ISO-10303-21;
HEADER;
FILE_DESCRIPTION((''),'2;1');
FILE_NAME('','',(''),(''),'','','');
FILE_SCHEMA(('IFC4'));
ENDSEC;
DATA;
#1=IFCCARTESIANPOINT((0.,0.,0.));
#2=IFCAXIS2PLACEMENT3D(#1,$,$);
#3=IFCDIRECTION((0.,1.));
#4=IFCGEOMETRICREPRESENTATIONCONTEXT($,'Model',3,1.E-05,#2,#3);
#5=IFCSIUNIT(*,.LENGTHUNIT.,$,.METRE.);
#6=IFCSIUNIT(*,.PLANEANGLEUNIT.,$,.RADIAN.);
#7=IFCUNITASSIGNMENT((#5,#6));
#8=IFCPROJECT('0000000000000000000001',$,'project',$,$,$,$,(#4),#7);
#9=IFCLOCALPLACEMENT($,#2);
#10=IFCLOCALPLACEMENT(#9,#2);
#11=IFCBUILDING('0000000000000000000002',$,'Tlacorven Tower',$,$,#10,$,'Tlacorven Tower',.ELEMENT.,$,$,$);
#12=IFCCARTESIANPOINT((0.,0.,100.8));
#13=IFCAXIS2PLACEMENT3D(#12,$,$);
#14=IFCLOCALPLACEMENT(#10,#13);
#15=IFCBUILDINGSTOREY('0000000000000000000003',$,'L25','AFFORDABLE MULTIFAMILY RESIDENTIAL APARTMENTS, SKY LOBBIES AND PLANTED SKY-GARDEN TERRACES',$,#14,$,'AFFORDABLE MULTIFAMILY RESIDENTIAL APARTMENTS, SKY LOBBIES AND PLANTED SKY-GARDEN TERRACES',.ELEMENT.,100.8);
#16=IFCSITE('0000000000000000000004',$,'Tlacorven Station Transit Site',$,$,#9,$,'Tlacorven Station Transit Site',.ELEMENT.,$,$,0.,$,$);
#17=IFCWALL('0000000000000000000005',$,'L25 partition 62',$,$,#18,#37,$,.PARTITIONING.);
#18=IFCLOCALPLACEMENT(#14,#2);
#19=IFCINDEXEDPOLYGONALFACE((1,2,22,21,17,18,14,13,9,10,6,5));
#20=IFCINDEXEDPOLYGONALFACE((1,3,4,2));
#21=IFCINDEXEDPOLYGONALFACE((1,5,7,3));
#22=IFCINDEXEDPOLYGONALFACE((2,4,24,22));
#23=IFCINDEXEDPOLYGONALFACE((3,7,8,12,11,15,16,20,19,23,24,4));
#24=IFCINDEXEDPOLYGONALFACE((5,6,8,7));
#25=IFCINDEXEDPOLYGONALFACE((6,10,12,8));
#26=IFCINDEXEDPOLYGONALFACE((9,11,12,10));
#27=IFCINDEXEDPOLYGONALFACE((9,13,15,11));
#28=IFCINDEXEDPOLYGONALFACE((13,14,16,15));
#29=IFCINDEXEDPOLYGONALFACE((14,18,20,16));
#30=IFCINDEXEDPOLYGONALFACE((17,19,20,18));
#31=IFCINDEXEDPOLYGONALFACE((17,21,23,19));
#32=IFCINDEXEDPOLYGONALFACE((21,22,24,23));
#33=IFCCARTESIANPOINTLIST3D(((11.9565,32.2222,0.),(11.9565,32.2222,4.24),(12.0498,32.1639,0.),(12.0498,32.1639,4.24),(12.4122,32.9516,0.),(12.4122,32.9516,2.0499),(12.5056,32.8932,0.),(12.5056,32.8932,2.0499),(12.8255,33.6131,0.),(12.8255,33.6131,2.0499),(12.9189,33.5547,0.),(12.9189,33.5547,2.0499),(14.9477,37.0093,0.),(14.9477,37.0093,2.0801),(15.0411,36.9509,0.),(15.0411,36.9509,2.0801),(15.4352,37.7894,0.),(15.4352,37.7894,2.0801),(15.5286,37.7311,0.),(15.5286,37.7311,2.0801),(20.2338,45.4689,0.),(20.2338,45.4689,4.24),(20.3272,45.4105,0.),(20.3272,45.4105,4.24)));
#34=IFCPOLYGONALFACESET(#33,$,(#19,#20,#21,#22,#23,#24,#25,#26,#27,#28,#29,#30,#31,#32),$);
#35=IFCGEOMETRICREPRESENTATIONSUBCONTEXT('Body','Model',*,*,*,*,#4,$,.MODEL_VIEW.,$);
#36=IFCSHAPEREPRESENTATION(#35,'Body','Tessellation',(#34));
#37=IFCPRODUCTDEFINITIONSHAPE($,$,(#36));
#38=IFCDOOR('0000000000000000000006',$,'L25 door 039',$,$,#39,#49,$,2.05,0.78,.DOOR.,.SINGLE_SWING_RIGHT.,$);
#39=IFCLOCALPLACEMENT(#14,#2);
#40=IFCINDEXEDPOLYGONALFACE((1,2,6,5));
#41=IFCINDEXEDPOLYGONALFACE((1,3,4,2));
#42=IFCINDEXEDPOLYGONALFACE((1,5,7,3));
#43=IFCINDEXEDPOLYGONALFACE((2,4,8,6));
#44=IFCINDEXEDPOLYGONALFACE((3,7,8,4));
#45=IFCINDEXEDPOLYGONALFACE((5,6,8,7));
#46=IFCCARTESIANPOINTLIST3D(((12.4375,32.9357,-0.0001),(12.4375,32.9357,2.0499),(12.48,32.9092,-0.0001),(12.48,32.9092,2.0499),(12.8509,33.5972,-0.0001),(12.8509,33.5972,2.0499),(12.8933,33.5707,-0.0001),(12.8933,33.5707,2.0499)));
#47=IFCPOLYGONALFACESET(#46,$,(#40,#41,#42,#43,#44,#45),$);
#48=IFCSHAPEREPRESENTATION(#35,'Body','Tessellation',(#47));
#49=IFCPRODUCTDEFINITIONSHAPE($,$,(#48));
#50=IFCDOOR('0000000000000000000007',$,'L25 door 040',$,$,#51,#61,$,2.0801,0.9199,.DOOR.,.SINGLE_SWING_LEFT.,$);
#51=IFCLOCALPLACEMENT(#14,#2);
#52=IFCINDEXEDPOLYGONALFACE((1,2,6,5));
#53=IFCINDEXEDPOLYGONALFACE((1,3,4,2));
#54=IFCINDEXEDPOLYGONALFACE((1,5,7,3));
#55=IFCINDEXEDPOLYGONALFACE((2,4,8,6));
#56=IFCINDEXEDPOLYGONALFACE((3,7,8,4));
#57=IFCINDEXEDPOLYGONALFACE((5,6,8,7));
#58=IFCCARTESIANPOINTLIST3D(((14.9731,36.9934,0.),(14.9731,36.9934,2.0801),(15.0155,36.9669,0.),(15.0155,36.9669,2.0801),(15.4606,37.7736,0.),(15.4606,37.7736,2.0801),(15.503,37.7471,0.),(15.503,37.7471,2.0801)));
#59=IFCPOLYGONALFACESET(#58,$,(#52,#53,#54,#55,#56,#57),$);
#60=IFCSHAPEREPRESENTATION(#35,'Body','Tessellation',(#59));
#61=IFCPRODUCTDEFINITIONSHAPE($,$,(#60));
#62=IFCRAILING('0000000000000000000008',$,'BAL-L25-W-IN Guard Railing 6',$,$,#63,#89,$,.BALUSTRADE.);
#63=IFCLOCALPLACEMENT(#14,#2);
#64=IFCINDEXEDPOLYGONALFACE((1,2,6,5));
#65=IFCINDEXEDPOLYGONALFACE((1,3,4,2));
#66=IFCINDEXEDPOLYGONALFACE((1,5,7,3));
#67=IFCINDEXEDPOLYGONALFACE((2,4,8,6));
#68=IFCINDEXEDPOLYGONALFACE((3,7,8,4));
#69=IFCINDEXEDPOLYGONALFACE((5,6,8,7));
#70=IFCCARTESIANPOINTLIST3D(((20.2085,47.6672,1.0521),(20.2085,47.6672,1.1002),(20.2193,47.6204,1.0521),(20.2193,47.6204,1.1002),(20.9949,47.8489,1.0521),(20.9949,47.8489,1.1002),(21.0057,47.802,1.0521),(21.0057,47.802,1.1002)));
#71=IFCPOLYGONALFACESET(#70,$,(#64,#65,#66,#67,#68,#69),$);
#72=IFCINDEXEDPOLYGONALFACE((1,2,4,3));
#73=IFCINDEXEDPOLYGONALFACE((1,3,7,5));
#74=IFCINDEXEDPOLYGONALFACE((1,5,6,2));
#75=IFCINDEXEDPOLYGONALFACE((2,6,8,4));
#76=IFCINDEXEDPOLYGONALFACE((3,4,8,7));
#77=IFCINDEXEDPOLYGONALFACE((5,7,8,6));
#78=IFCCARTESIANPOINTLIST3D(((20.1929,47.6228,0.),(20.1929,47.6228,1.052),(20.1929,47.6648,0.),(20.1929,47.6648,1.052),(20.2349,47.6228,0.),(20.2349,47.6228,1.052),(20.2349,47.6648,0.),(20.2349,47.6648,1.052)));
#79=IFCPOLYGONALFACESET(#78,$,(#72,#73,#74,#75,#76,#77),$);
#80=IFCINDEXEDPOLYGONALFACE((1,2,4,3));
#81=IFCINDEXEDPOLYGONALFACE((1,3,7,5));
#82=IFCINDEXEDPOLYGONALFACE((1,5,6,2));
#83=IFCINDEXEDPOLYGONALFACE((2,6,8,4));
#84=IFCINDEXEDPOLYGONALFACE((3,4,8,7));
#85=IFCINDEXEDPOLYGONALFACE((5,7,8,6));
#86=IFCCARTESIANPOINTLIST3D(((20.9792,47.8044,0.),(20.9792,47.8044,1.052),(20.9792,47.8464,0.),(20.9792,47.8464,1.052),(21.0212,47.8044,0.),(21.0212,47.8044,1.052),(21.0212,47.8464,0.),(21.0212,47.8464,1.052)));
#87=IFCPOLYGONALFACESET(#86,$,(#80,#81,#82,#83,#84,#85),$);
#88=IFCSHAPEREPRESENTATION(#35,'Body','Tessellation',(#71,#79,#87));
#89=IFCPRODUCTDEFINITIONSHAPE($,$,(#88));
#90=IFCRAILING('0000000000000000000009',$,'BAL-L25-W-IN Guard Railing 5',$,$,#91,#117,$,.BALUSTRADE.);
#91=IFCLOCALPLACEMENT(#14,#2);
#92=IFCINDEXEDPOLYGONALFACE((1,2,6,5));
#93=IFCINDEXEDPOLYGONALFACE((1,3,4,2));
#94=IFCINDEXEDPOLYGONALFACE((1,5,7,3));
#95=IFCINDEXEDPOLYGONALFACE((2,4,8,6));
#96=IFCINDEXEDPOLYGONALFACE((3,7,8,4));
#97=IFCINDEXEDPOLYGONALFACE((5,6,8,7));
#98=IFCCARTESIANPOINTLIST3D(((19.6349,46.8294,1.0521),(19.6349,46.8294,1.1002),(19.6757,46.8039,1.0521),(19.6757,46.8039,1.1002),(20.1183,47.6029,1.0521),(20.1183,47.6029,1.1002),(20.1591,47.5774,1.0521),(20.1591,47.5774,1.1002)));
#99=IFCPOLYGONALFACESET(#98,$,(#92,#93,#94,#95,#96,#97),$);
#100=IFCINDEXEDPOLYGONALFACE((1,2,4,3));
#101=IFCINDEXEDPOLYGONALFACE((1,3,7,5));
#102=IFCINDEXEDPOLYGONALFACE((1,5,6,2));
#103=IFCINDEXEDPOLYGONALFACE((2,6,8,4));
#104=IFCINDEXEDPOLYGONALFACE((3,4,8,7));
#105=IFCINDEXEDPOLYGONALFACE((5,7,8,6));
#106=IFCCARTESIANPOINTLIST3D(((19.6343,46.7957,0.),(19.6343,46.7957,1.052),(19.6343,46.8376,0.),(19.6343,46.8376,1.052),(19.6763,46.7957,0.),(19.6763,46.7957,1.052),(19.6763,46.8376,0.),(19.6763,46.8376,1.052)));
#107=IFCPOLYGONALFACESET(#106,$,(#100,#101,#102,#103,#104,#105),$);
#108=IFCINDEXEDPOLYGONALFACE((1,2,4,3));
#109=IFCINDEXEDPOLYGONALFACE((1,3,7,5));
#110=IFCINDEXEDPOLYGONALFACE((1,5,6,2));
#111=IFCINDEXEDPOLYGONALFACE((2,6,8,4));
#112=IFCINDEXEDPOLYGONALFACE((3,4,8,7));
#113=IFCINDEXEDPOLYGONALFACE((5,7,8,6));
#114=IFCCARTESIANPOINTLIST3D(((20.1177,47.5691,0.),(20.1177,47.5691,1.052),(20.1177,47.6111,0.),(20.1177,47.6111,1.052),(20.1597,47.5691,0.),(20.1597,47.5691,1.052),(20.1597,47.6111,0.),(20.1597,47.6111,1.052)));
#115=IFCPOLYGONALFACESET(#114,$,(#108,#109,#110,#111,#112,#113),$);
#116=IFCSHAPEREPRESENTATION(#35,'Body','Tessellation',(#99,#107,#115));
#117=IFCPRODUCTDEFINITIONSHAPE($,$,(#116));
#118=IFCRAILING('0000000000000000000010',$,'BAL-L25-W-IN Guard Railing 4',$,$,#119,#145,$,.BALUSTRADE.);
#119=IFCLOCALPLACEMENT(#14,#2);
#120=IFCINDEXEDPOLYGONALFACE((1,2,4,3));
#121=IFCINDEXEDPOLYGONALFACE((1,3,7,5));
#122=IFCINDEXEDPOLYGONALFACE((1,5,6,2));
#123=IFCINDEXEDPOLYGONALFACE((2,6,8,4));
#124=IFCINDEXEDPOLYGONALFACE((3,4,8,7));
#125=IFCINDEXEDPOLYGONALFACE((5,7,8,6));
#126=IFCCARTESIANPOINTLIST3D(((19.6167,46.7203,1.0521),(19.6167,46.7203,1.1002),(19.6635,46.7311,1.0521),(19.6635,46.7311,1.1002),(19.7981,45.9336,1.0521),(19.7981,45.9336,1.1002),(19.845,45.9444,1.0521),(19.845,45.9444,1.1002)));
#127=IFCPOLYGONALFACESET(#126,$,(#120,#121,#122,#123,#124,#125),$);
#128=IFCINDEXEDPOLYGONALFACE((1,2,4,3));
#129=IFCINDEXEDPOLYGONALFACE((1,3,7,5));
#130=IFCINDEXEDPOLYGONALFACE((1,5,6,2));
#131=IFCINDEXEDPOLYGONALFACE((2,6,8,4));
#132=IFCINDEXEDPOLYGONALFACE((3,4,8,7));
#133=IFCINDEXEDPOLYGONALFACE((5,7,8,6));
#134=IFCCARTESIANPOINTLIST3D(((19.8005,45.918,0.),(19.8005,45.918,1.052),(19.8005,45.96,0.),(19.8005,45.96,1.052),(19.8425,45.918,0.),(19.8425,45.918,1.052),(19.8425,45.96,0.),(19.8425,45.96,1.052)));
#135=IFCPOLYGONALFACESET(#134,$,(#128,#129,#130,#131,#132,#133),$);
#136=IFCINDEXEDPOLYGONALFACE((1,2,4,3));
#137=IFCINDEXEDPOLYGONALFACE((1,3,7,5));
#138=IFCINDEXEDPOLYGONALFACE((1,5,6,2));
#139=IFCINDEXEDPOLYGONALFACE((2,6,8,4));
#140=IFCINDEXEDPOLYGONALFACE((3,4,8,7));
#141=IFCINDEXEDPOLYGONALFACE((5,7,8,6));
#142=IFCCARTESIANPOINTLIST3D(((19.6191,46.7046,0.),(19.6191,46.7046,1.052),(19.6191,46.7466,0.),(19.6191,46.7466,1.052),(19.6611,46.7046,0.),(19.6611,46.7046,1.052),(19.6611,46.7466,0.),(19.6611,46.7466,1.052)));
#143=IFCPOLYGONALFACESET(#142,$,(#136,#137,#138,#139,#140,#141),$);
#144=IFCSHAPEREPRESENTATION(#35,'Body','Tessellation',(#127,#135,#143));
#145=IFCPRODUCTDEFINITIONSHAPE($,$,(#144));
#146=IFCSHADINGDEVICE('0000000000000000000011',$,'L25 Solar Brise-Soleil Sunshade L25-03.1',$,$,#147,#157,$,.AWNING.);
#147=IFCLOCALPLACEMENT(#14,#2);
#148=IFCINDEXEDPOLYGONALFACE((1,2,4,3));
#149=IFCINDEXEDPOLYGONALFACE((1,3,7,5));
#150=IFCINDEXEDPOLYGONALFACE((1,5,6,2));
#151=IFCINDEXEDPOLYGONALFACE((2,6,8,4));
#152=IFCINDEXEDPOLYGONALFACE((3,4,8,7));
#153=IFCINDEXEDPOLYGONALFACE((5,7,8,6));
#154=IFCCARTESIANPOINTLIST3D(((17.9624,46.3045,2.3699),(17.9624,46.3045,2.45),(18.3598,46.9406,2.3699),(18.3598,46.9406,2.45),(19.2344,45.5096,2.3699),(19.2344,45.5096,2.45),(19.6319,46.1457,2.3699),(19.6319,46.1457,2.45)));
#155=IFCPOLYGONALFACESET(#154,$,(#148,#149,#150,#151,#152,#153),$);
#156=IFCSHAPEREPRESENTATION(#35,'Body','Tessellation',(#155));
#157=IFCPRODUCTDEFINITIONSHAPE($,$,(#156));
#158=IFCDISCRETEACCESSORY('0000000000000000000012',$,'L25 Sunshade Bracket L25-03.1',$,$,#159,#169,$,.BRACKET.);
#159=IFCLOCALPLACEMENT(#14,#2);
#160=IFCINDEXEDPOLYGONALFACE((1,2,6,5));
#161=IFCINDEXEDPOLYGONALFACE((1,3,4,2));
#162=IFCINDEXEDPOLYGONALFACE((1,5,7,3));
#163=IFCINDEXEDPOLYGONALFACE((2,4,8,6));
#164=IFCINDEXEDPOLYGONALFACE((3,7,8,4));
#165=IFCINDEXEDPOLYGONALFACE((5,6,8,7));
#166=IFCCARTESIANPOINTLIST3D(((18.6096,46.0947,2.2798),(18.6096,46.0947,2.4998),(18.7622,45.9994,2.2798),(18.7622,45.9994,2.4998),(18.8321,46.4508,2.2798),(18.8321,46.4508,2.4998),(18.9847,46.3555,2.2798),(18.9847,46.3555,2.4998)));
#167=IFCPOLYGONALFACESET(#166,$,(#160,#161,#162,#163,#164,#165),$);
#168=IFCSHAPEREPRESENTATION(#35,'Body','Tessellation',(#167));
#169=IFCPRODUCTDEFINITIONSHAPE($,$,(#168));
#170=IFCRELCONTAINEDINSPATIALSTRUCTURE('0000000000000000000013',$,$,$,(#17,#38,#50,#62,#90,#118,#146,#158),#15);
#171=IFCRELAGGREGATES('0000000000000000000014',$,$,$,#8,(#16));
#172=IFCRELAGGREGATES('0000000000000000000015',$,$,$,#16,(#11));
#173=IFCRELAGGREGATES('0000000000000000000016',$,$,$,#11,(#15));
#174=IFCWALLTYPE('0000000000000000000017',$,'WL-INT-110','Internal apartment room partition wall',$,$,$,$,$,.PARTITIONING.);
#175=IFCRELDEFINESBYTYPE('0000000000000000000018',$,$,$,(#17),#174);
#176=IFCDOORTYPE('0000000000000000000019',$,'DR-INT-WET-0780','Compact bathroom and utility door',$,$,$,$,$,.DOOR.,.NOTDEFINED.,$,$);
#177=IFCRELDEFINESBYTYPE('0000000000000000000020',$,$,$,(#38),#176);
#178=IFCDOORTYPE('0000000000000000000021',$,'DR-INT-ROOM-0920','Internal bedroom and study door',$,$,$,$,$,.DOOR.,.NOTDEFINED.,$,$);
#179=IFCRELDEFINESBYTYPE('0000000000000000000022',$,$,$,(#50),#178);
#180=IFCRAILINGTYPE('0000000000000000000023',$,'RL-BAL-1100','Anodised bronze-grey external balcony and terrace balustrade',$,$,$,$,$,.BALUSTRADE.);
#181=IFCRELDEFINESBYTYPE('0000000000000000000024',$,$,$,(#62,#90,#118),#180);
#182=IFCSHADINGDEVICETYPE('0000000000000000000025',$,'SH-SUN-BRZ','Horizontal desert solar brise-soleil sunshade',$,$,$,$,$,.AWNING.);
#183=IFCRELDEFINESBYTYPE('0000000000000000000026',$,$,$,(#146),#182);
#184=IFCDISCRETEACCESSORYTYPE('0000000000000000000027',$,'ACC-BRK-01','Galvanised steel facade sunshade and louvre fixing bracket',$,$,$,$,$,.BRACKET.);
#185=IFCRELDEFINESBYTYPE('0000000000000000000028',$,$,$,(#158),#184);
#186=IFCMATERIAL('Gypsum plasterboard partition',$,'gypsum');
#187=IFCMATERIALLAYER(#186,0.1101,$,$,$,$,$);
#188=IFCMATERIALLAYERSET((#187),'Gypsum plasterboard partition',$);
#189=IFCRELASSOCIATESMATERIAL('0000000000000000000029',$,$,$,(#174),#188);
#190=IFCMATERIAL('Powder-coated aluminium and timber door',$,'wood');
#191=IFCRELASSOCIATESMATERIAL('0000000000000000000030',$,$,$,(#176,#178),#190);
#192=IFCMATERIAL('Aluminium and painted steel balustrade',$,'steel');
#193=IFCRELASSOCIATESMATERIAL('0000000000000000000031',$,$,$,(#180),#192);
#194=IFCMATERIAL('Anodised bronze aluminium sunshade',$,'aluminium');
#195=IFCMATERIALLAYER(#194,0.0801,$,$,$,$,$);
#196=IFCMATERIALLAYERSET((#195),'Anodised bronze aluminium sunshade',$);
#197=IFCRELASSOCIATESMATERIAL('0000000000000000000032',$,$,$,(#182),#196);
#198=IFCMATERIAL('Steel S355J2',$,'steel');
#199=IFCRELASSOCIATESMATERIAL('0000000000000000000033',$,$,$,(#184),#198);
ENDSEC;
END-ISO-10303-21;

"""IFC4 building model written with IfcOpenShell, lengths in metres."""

from ifc_helpers import new_model, si_unit, direction, frame, frame_2d, origin, origin_2d, place, context, subcontext, project, spatial, rectangle, extrude, source, transform, mapped, material, layer, layer_set, type_object, element, fill, save


model = new_model("IFC4")

# Units and contexts
model_context = context("Model", 3, precision=1e-05, world=origin(), true_north=direction((0.0, 1.0)))
body_context = subcontext(model_context, "Body", "Model", "MODEL_VIEW")
ifc_project = project(units=[si_unit("LENGTHUNIT", "METRE"), si_unit("PLANEANGLEUNIT", "RADIAN")], contexts=[model_context])

# Site, building, storey
site_placement = place(None, origin())
site = spatial("IfcSite", under=ifc_project, at=site_placement, Name="Tlacorven Station Transit Site", LongName="Tlacorven Station Transit Site", CompositionType="ELEMENT", RefElevation=0.0)
building_placement = place(site_placement, origin())
building = spatial("IfcBuilding", under=site, at=building_placement, Name="Tlacorven Tower", LongName="Tlacorven Tower", CompositionType="ELEMENT")
storey_placement = place(building_placement, frame((0.0, 0.0, 100.8)))
storey = spatial("IfcBuildingStorey", under=building, at=storey_placement, Name="L25", Description="AFFORDABLE MULTIFAMILY RESIDENTIAL APARTMENTS, SKY LOBBIES AND PLANTED SKY-GARDEN TERRACES", LongName="AFFORDABLE MULTIFAMILY RESIDENTIAL APARTMENTS, SKY LOBBIES AND PLANTED SKY-GARDEN TERRACES", CompositionType="ELEMENT", Elevation=100.8)

# Shared definitions
ifc_material_1 = material(Name="Steel S355J2", Category="steel")

# Shared definitions
ifc_material_2 = material(Name="Powder-coated aluminium and timber door", Category="wood")

# Wall, openings, doors
ifc_material_3 = material(Name="Gypsum plasterboard partition", Category="gypsum")
ifc_layer_1 = layer(ifc_material_3, 0.1101)
ifc_layer_set_1 = layer_set([ifc_layer_1], Name="Gypsum plasterboard partition")
wall_type_1 = type_object("IfcWallType", Name="WL-INT-110", Description="Internal apartment room partition wall", PredefinedType="PARTITIONING", material=ifc_layer_set_1)
wall_1_placement = place(storey_placement, frame((20.2805, 45.4397, 0.0), z_axis=(0.0, 0.0, 1.0), x_axis=(-0.529917, -0.848049, 0.0)))
wall_1 = element("IfcWall", 1, at=wall_1_placement, inside=storey, type_object=wall_type_1, Name="L25 partition 62", PredefinedType="PARTITIONING", context=body_context, shape_type="SweptSolid", body=[
    extrude(rectangle(XDim=15.6201, YDim=0.1101, at=frame_2d((7.8101, 0.0))), origin(), (0.0, 0.0, 1.0), 4.24),
])
opening_1_placement = place(wall_1_placement, frame((13.98, 0.0, 0.0)))
opening_1 = element("IfcOpeningElement", 2, at=opening_1_placement, cuts=wall_1, PredefinedType="OPENING", context=body_context, shape_type="SweptSolid", body=[
    extrude(rectangle(XDim=0.78, YDim=2.05, at=frame_2d((0.3901, 1.0249))), frame((0.0, 0.0649, 0.0), z_axis=(0.0, -1.0, 0.0), x_axis=(1.0, 0.0, 0.0)), (0.0, 0.0, 1.0), 0.1301),
])
opening_2_placement = place(wall_1_placement, frame((9.0554, 0.0, 0.0)))
opening_2 = element("IfcOpeningElement", 3, at=opening_2_placement, cuts=wall_1, PredefinedType="OPENING", context=body_context, shape_type="SweptSolid", body=[
    extrude(rectangle(XDim=0.9199, YDim=2.0801, at=frame_2d((0.46, 1.04))), frame((0.0, 0.0649, 0.0), z_axis=(0.0, -1.0, 0.0), x_axis=(1.0, 0.0, 0.0)), (0.0, 0.0, 1.0), 0.1301),
])
door_type_1 = type_object("IfcDoorType", Name="DR-INT-WET-0780", Description="Compact bathroom and utility door", OperationType="NOTDEFINED", PredefinedType="DOOR", material=ifc_material_2)
shared_shape_1 = source(origin(), body_context, "Body", "SweptSolid", [
    extrude(rectangle(XDim=0.78, YDim=2.05, at=frame_2d((0.3901, 1.0249))), frame((0.0, 0.0249, 0.0), z_axis=(0.0, -1.0, 0.0), x_axis=(1.0, 0.0, 0.0)), (0.0, 0.0, 1.0), 0.05),
])
door_1_placement = place(opening_1_placement, origin())
door_1 = element("IfcDoor", 4, at=door_1_placement, inside=storey, type_object=door_type_1, Name="L25 door 039", OperationType="SINGLE_SWING_RIGHT", OverallHeight=2.05, OverallWidth=0.78, PredefinedType="DOOR", context=body_context, shape_type="MappedRepresentation", body=[
    mapped(shared_shape_1, transform((0.0, 0.0, 0.0), scale=1.0)),
])
fill(opening_1, door_1)
door_type_2 = type_object("IfcDoorType", Name="DR-INT-ROOM-0920", Description="Internal bedroom and study door", OperationType="NOTDEFINED", PredefinedType="DOOR", material=ifc_material_2)
shared_shape_2 = source(origin(), body_context, "Body", "SweptSolid", [
    extrude(rectangle(XDim=0.9199, YDim=2.0801, at=frame_2d((0.46, 1.04))), frame((0.0, 0.0249, 0.0), z_axis=(0.0, -1.0, 0.0), x_axis=(1.0, 0.0, 0.0)), (0.0, 0.0, 1.0), 0.05),
])
door_2_placement = place(opening_2_placement, origin())
door_2 = element("IfcDoor", 5, at=door_2_placement, inside=storey, type_object=door_type_2, Name="L25 door 040", OperationType="SINGLE_SWING_LEFT", OverallHeight=2.0801, OverallWidth=0.9199, PredefinedType="DOOR", context=body_context, shape_type="MappedRepresentation", body=[
    mapped(shared_shape_2, transform((0.0, 0.0, 0.0), scale=1.0)),
])
fill(opening_2, door_2)

# Railings
ifc_material_4 = material(Name="Aluminium and painted steel balustrade", Category="steel")
railing_type = type_object("IfcRailingType", Name="RL-BAL-1100", Description="Anodised bronze-grey external balcony and terrace balustrade", PredefinedType="BALUSTRADE", material=ifc_material_4)
shared_shape_3 = source(origin(), body_context, "Body", "SweptSolid", [
    extrude(rectangle(XDim=0.0481, YDim=0.0481, at=origin_2d()), frame((0.0, 0.0, 1.0762), z_axis=(0.974345, 0.225058, 0.0), x_axis=(-0.225058, 0.974345, 0.0)), (0.0, 0.0, 1.0), 0.8071),
    extrude(rectangle(XDim=0.042, YDim=0.042, at=origin_2d()), origin(), (0.0, 0.0, 1.0), 1.052),
    extrude(rectangle(XDim=0.042, YDim=0.042, at=origin_2d()), frame((0.7864, 0.1816, 0.0)), (0.0, 0.0, 1.0), 1.052),
])
railing_1_placement = place(storey_placement, frame((20.2139, 47.6438, 0.0)))
element("IfcRailing", 6, at=railing_1_placement, inside=storey, type_object=railing_type, Name="BAL-L25-W-IN Guard Railing 6", PredefinedType="BALUSTRADE", context=body_context, shape_type="MappedRepresentation", body=[
    mapped(shared_shape_3, transform((0.0, 0.0, 0.0), scale=1.0)),
])
shared_shape_4 = source(origin(), body_context, "Body", "SweptSolid", [
    extrude(rectangle(XDim=0.0481, YDim=0.0481, at=origin_2d()), frame((0.0, 0.0, 1.0762), z_axis=(0.529999, 0.847998, 0.0), x_axis=(-0.847998, 0.529999, 0.0)), (0.0, 0.0, 1.0), 0.9121),
    extrude(rectangle(XDim=0.042, YDim=0.042, at=origin_2d()), origin(), (0.0, 0.0, 1.0), 1.052),
    extrude(rectangle(XDim=0.042, YDim=0.042, at=origin_2d()), frame((0.4834, 0.7734, 0.0)), (0.0, 0.0, 1.0), 1.052),
])
railing_2_placement = place(storey_placement, frame((19.6553, 46.8167, 0.0)))
element("IfcRailing", 7, at=railing_2_placement, inside=storey, type_object=railing_type, Name="BAL-L25-W-IN Guard Railing 5", PredefinedType="BALUSTRADE", context=body_context, shape_type="MappedRepresentation", body=[
    mapped(shared_shape_4, transform((0.0, 0.0, 0.0), scale=1.0)),
])
shared_shape_5 = source(origin(), body_context, "Body", "SweptSolid", [
    extrude(rectangle(XDim=0.0481, YDim=0.0481, at=origin_2d()), frame((0.0, 0.0, 1.0762), z_axis=(-0.224705, 0.974427, 0.0), x_axis=(-0.974427, -0.224705, 0.0)), (0.0, 0.0, 1.0), 0.8074),
    extrude(rectangle(XDim=0.042, YDim=0.042, at=origin_2d()), origin(), (0.0, 0.0, 1.0), 1.052),
    extrude(rectangle(XDim=0.042, YDim=0.042, at=origin_2d()), frame((-0.1814, 0.7866, 0.0)), (0.0, 0.0, 1.0), 1.052),
])
railing_3_placement = place(storey_placement, frame((19.8215, 45.939, 0.0)))
element("IfcRailing", 8, at=railing_3_placement, inside=storey, type_object=railing_type, Name="BAL-L25-W-IN Guard Railing 4", PredefinedType="BALUSTRADE", context=body_context, shape_type="MappedRepresentation", body=[
    mapped(shared_shape_5, transform((0.0, 0.0, 0.0), scale=1.0)),
])

# Shading device
ifc_material_5 = material(Name="Anodised bronze aluminium sunshade", Category="aluminium")
ifc_layer_2 = layer(ifc_material_5, 0.0801)
ifc_layer_set_2 = layer_set([ifc_layer_2], Name="Anodised bronze aluminium sunshade")
shading_device_type = type_object("IfcShadingDeviceType", Name="SH-SUN-BRZ", Description="Horizontal desert solar brise-soleil sunshade", PredefinedType="AWNING", material=ifc_layer_set_2)
shared_shape_6 = source(origin(), body_context, "Body", "SweptSolid", [
    extrude(rectangle(XDim=1.5, YDim=0.75, at=origin_2d()), origin(), (0.0, 0.0, 1.0), 0.0801),
])
shading_device_placement = place(storey_placement, frame((18.7971, 46.2251, 2.3699), z_axis=(0.0, 0.0, 1.0), x_axis=(0.848048, -0.529919, 0.0)))
element("IfcShadingDevice", 9, at=shading_device_placement, inside=storey, type_object=shading_device_type, Name="L25 Solar Brise-Soleil Sunshade L25-03.1", PredefinedType="AWNING", context=body_context, shape_type="MappedRepresentation", body=[
    mapped(shared_shape_6, transform((0.0, 0.0, 0.0), scale=1.0)),
])

# Discrete accessory
discrete_accessory_type = type_object("IfcDiscreteAccessoryType", Name="ACC-BRK-01", Description="Galvanised steel facade sunshade and louvre fixing bracket", PredefinedType="BRACKET", material=ifc_material_1)
shared_shape_7 = source(origin(), body_context, "Body", "SweptSolid", [
    extrude(rectangle(XDim=0.1799, YDim=0.4199, at=origin_2d()), origin(), (0.0, 0.0, 1.0), 0.22),
])
discrete_accessory_placement = place(storey_placement, frame((18.7971, 46.2251, 2.2798), z_axis=(0.0, 0.0, 1.0), x_axis=(0.848048, -0.529919, 0.0)))
element("IfcDiscreteAccessory", 10, at=discrete_accessory_placement, inside=storey, type_object=discrete_accessory_type, Name="L25 Sunshade Bracket L25-03.1", PredefinedType="BRACKET", context=body_context, shape_type="MappedRepresentation", body=[
    mapped(shared_shape_7, transform((0.0, 0.0, 0.0), scale=1.0)),
])

save(model, "model.ifc")
